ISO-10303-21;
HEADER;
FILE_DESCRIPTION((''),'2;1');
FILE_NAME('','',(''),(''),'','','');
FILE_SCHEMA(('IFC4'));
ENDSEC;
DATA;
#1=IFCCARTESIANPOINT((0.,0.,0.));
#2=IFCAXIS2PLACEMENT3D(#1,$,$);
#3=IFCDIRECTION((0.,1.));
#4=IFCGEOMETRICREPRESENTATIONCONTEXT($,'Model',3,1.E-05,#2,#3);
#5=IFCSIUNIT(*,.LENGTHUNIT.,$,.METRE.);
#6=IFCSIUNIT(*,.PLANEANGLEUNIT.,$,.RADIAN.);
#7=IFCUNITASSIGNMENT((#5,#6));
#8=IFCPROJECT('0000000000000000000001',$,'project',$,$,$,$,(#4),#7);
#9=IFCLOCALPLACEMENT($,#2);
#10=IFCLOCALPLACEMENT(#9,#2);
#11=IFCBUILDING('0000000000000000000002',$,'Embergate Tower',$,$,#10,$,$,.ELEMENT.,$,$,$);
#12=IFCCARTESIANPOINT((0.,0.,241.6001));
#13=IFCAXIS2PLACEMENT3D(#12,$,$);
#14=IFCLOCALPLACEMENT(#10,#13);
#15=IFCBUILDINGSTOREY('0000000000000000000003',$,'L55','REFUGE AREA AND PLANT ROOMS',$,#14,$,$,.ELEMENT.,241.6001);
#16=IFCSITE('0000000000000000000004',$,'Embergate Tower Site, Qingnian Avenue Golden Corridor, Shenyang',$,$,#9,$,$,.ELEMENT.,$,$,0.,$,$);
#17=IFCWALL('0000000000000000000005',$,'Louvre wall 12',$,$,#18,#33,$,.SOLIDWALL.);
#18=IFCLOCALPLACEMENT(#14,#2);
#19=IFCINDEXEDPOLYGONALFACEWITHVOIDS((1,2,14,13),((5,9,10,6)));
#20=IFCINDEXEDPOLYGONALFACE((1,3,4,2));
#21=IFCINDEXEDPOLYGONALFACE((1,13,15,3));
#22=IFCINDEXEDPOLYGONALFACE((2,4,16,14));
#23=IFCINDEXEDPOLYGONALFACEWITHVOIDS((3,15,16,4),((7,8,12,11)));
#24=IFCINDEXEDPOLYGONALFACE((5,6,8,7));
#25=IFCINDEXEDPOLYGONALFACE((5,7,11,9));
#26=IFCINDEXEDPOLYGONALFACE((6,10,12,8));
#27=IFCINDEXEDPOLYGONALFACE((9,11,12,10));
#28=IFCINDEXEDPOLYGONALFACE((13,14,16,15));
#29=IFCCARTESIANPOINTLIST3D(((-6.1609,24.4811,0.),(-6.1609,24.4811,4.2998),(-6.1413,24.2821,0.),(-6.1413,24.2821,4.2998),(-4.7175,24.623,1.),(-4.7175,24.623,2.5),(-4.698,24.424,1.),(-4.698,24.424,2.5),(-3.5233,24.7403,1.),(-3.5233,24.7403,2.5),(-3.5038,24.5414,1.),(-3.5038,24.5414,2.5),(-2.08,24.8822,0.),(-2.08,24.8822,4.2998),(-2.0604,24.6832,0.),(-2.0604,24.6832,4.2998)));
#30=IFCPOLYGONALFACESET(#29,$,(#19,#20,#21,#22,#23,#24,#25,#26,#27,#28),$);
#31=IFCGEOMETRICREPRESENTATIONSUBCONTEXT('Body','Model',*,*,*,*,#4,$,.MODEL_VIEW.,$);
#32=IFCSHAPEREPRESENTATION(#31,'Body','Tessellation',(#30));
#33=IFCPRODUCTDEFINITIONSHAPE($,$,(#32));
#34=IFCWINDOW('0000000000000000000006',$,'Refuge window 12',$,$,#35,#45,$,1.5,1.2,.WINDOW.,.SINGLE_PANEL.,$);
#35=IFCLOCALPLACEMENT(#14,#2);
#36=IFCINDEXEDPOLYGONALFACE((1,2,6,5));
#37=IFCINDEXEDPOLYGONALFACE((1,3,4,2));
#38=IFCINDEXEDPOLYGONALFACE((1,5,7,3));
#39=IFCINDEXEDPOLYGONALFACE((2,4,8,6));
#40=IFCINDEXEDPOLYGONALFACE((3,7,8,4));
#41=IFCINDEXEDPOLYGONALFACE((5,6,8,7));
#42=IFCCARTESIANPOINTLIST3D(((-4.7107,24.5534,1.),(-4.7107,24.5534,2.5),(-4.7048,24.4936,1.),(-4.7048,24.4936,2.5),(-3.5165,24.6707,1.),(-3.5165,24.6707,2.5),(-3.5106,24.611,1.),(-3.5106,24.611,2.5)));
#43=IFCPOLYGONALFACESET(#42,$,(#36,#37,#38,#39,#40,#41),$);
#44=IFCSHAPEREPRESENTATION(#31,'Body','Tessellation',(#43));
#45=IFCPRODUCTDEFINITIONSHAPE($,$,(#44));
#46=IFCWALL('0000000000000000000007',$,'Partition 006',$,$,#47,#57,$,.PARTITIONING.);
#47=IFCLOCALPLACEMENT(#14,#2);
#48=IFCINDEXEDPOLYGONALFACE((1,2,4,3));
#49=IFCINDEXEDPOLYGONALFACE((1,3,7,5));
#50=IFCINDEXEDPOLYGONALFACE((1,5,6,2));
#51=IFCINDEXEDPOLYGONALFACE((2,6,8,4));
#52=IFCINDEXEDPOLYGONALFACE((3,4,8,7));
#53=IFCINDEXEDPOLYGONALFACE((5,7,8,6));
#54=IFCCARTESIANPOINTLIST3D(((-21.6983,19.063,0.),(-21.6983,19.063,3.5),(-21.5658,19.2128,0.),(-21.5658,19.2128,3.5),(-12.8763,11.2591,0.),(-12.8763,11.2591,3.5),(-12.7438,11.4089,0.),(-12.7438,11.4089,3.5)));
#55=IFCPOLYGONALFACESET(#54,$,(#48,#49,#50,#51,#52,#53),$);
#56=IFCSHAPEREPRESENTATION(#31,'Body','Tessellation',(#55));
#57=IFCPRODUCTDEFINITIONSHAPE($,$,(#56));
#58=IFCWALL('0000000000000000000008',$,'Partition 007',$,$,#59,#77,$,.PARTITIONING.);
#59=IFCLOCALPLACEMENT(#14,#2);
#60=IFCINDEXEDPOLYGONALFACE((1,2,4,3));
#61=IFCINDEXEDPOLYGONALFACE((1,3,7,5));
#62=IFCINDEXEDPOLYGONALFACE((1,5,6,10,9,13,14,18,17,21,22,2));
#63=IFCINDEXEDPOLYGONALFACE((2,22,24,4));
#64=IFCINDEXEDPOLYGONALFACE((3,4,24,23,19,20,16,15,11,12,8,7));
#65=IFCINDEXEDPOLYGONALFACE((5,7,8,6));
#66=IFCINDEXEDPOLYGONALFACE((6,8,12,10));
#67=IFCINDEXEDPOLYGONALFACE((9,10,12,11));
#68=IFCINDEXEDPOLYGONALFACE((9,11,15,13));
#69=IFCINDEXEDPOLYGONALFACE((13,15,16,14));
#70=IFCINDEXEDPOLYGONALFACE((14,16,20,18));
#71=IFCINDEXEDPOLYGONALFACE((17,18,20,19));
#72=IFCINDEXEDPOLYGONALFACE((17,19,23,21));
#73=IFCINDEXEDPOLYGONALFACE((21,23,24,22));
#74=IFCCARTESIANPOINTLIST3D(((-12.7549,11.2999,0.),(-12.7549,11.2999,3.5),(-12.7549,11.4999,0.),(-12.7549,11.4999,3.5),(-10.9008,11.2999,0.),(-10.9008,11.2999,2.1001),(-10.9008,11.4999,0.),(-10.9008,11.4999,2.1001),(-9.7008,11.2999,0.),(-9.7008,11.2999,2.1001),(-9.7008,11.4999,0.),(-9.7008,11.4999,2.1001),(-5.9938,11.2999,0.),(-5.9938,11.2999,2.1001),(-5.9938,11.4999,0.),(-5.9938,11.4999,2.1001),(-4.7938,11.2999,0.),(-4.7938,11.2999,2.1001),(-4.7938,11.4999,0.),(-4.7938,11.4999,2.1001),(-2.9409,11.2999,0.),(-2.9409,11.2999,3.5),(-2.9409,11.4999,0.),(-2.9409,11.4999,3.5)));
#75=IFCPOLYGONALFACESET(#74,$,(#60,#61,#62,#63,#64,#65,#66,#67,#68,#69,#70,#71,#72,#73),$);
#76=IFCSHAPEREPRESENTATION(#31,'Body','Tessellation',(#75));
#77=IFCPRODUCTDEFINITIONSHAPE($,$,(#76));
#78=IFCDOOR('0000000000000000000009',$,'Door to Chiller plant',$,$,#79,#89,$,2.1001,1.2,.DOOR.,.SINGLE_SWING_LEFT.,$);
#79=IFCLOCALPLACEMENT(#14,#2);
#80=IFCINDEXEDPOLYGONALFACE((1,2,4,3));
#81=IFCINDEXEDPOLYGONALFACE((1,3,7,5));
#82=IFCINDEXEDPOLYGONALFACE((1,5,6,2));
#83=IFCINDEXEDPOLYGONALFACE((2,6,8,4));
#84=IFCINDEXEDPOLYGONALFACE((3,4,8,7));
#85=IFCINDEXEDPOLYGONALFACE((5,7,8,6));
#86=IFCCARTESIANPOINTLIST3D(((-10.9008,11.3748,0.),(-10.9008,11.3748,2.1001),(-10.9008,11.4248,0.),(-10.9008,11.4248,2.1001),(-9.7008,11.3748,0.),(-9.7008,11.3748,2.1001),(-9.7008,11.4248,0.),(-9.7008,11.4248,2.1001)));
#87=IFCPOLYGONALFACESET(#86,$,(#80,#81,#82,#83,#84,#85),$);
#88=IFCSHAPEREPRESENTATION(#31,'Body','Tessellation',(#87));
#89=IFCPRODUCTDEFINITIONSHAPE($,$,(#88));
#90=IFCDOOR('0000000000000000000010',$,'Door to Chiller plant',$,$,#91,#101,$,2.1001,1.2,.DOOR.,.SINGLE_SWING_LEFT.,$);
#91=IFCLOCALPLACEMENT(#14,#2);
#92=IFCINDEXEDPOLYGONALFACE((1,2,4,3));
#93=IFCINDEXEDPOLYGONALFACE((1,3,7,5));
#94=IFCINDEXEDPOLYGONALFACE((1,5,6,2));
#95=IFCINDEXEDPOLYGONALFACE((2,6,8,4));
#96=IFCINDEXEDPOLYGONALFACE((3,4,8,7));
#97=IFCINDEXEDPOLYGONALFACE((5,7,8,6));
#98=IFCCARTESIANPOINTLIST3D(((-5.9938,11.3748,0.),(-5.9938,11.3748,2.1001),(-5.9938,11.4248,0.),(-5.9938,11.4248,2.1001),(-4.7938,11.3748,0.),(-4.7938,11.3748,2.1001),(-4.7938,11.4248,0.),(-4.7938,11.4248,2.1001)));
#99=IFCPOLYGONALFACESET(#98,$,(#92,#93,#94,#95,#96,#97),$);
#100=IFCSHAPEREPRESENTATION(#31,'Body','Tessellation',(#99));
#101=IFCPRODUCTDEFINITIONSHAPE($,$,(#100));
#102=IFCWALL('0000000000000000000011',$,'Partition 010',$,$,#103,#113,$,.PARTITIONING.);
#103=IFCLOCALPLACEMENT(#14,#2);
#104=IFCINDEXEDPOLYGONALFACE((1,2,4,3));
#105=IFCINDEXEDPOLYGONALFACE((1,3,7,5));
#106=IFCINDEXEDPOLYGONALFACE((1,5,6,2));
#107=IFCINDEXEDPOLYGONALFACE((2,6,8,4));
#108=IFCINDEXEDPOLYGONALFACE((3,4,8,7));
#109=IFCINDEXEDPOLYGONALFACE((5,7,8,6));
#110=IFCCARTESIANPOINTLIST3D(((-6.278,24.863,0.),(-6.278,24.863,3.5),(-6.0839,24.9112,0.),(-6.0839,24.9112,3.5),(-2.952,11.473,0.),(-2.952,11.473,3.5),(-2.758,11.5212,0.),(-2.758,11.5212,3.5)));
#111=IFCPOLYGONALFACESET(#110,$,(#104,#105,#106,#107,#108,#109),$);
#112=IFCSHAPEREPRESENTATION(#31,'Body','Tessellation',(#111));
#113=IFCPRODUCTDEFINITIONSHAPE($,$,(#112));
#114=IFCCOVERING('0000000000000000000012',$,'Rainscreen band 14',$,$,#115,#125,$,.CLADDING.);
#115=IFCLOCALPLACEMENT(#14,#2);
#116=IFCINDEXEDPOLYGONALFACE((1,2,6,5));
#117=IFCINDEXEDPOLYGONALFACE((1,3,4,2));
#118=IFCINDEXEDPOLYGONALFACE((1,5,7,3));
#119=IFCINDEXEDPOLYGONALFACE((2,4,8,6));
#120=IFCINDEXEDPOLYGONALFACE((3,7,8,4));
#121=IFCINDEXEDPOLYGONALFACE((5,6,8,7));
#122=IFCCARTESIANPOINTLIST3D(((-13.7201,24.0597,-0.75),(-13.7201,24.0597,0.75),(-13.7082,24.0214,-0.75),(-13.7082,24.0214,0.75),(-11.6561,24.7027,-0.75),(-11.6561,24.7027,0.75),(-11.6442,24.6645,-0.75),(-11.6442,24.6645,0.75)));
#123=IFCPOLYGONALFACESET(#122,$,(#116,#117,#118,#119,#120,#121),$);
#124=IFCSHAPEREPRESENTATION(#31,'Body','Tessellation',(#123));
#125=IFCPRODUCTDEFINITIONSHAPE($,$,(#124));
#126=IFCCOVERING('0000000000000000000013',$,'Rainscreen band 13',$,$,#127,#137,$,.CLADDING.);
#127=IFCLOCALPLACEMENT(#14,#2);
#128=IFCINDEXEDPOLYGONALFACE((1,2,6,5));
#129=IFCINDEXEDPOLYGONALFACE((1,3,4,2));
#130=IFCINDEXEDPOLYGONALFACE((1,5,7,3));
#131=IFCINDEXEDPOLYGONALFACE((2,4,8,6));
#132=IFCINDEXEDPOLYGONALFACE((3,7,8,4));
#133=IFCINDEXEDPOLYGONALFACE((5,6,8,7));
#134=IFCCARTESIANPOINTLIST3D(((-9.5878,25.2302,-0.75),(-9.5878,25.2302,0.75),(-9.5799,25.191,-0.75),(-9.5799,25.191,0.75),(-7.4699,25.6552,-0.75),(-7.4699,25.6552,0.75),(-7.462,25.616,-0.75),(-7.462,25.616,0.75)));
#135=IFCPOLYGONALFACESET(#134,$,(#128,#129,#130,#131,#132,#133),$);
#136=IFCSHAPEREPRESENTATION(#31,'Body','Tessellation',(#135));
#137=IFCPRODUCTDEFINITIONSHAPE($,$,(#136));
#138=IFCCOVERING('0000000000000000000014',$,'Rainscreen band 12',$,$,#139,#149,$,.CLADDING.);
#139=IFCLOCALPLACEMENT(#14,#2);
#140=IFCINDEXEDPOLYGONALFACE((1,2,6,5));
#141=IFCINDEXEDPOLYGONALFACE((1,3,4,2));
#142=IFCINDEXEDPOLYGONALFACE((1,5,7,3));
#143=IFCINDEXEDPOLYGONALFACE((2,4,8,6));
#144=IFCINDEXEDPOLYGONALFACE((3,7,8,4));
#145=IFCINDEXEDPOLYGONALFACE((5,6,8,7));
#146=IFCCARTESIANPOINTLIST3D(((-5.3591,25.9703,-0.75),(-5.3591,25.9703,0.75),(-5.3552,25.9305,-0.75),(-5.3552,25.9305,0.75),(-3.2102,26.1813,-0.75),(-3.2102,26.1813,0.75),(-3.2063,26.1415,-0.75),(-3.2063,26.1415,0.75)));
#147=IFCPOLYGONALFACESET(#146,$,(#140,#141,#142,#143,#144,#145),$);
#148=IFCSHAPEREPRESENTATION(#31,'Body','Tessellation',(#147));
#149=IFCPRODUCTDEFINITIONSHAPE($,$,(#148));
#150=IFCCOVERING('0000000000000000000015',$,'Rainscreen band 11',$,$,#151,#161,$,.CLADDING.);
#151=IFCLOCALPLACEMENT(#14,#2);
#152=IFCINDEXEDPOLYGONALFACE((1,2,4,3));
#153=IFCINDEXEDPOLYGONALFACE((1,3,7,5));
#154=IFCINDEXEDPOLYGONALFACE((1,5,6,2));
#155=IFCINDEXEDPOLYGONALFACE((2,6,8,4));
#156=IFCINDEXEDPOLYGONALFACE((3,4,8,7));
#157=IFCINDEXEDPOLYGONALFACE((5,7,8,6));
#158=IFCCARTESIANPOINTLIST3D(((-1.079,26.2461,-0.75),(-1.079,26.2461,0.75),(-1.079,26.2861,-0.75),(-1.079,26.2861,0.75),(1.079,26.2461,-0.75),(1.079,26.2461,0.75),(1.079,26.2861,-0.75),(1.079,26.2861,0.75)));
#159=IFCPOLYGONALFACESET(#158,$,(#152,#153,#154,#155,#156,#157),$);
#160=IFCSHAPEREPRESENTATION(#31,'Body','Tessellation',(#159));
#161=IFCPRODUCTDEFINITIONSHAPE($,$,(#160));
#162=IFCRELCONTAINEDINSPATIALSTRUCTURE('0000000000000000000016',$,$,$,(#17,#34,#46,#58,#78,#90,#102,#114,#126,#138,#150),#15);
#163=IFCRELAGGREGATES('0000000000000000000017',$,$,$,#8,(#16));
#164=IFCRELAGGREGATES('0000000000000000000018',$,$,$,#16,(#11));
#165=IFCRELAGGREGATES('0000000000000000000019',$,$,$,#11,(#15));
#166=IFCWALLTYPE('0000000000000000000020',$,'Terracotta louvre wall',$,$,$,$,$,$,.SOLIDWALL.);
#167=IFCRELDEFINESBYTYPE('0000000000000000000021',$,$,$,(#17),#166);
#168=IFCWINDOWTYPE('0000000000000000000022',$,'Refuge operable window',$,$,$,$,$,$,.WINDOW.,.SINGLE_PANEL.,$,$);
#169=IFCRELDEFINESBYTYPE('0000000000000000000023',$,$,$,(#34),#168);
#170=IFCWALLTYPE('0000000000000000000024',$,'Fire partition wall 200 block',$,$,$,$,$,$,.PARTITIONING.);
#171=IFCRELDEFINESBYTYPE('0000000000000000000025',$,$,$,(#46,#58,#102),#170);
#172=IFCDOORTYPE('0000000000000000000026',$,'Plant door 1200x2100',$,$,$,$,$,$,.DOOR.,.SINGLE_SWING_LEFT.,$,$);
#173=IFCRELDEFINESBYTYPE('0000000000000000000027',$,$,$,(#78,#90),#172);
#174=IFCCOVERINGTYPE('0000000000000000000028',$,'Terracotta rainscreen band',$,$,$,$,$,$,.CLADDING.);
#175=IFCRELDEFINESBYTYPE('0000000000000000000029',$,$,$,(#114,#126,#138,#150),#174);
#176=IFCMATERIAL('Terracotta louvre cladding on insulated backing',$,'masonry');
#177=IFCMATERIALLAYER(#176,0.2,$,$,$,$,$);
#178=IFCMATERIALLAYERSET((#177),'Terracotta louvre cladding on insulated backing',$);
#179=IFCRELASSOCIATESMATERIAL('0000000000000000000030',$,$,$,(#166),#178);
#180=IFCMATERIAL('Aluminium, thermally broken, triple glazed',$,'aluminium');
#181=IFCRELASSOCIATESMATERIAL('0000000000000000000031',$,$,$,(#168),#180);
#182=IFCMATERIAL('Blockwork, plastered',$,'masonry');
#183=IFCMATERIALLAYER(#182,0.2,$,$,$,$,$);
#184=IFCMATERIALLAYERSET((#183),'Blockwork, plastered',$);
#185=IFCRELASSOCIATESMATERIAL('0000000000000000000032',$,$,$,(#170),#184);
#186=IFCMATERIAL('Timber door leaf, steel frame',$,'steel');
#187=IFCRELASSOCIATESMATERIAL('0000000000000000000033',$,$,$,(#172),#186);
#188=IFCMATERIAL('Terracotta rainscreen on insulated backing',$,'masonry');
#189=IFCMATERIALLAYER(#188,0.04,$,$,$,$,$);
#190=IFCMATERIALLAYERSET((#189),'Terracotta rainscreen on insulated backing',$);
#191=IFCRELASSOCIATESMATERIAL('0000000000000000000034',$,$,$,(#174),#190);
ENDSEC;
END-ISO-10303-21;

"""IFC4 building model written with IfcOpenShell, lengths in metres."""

from ifc_helpers import new_model, si_unit, direction, frame, frame_2d, origin, origin_2d, place, context, subcontext, project, spatial, rectangle, extrude, source, transform, mapped, material, layer, layer_set, type_object, element, fill, save


model = new_model("IFC4")

# Units and contexts
model_context = context("Model", 3, precision=1e-05, world=origin(), true_north=direction((0.0, 1.0)))
body_context = subcontext(model_context, "Body", "Model", "MODEL_VIEW")
ifc_project = project(units=[si_unit("LENGTHUNIT", "METRE"), si_unit("PLANEANGLEUNIT", "RADIAN")], contexts=[model_context])

# Site, building, storey
site_placement = place(None, origin())
site = spatial("IfcSite", under=ifc_project, at=site_placement, Name="Embergate Tower Site, Qingnian Avenue Golden Corridor, Shenyang", CompositionType="ELEMENT", RefElevation=0.0)
building_placement = place(site_placement, origin())
building = spatial("IfcBuilding", under=site, at=building_placement, Name="Embergate Tower", CompositionType="ELEMENT")
storey_placement = place(building_placement, frame((0.0, 0.0, 241.6001)))
storey = spatial("IfcBuildingStorey", under=building, at=storey_placement, Name="L55", Description="REFUGE AREA AND PLANT ROOMS", CompositionType="ELEMENT", Elevation=241.6001)

# Shared definitions
ifc_material_1 = material(Name="Terracotta louvre cladding on insulated backing", Category="masonry")
ifc_layer_1 = layer(ifc_material_1, 0.2)
ifc_layer_set_1 = layer_set([ifc_layer_1], Name="Terracotta louvre cladding on insulated backing")
wall_type_1 = type_object("IfcWallType", Name="Terracotta louvre wall", PredefinedType="SOLIDWALL", material=ifc_layer_set_1)

# Wall, opening, window
shared_shape_1 = source(origin(), body_context, "Body", "SweptSolid", [
    extrude(rectangle(XDim=4.1006, YDim=0.2, at=frame_2d((2.0503, 0.0))), origin(), (0.0, 0.0, 1.0), 4.2998),
])
shared_shape_2 = source(origin(), body_context, "Body", "SweptSolid", [
    extrude(rectangle(XDim=1.2, YDim=1.5, at=frame_2d((0.6001, 0.75))), frame((0.0, 0.1099, 0.0), z_axis=(0.0, -1.0, 0.0), x_axis=(1.0, 0.0, 0.0)), (0.0, 0.0, 1.0), 0.22),
])
ifc_material_2 = material(Name="Aluminium, thermally broken, triple glazed", Category="aluminium")
window_type = type_object("IfcWindowType", Name="Refuge operable window", PartitioningType="SINGLE_PANEL", PredefinedType="WINDOW", material=ifc_material_2)
shared_shape_3 = source(origin(), body_context, "Body", "SweptSolid", [
    extrude(rectangle(XDim=1.2, YDim=1.5, at=frame_2d((0.6001, 0.75))), frame((0.0, 0.03, 0.0), z_axis=(0.0, -1.0, 0.0), x_axis=(1.0, 0.0, 0.0)), (0.0, 0.0, 1.0), 0.0601),
])
wall_1_placement = place(storey_placement, frame((-6.1511, 24.3816, 0.0), z_axis=(0.0, 0.0, 1.0), x_axis=(0.995204, 0.097824, 0.0)))
wall_1 = element("IfcWall", 1, at=wall_1_placement, inside=storey, type_object=wall_type_1, Name="Louvre wall 12", PredefinedType="SOLIDWALL", context=body_context, shape_type="MappedRepresentation", body=[
    mapped(shared_shape_1, transform((0.0, 0.0, 0.0))),
])
opening_1_placement = place(wall_1_placement, frame((1.4502, 0.0, 1.0)))
opening_1 = element("IfcOpeningElement", 2, at=opening_1_placement, cuts=wall_1, PredefinedType="OPENING", context=body_context, shape_type="MappedRepresentation", body=[
    mapped(shared_shape_2, transform((0.0, 0.0, 0.0))),
])
window_1_placement = place(opening_1_placement, origin())
window_1 = element("IfcWindow", 3, at=window_1_placement, inside=storey, type_object=window_type, Name="Refuge window 12", OverallHeight=1.5, OverallWidth=1.2, PartitioningType="SINGLE_PANEL", PredefinedType="WINDOW", context=body_context, shape_type="MappedRepresentation", body=[
    mapped(shared_shape_3, transform((0.0, 0.0, 0.0))),
])
fill(opening_1, window_1)

# Wall
ifc_material_3 = material(Name="Blockwork, plastered", Category="masonry")
ifc_layer_2 = layer(ifc_material_3, 0.2)
ifc_layer_set_2 = layer_set([ifc_layer_2], Name="Blockwork, plastered")
wall_type_2 = type_object("IfcWallType", Name="Fire partition wall 200 block", PredefinedType="PARTITIONING", material=ifc_layer_set_2)
shared_shape_4 = source(origin(), body_context, "Body", "SweptSolid", [
    extrude(rectangle(XDim=11.7783, YDim=0.2, at=frame_2d((5.8892, 0.0))), origin(), (0.0, 0.0, 1.0), 3.5),
])
wall_2_placement = place(storey_placement, frame((-12.8101, 11.334, 0.0), z_axis=(0.0, 0.0, 1.0), x_axis=(-0.749002, 0.662567, 0.0)))
element("IfcWall", 4, at=wall_2_placement, inside=storey, type_object=wall_type_2, Name="Partition 006", PredefinedType="PARTITIONING", context=body_context, shape_type="MappedRepresentation", body=[
    mapped(shared_shape_4, transform((0.0, 0.0, 0.0))),
])

# Wall, openings, doors
shared_shape_5 = source(origin(), body_context, "Body", "SweptSolid", [
    extrude(rectangle(XDim=9.814, YDim=0.2, at=frame_2d((4.907, 0.0))), origin(), (0.0, 0.0, 1.0), 3.5),
])
wall_3_placement = place(storey_placement, frame((-12.7549, 11.3999, 0.0), z_axis=(0.0, 0.0, 1.0), x_axis=(1.0, 0.0, 0.0)))
wall_3 = element("IfcWall", 5, at=wall_3_placement, inside=storey, type_object=wall_type_2, Name="Partition 007", PredefinedType="PARTITIONING", context=body_context, shape_type="MappedRepresentation", body=[
    mapped(shared_shape_5, transform((0.0, 0.0, 0.0))),
])
shared_shape_6 = source(origin(), body_context, "Body", "SweptSolid", [
    extrude(rectangle(XDim=1.2, YDim=2.1001, at=frame_2d((0.6001, 1.05))), frame((0.0, 0.1099, 0.0), z_axis=(0.0, -1.0, 0.0), x_axis=(1.0, 0.0, 0.0)), (0.0, 0.0, 1.0), 0.22),
])
opening_2_placement = place(wall_3_placement, frame((1.854, 0.0, 0.0)))
opening_2 = element("IfcOpeningElement", 6, at=opening_2_placement, cuts=wall_3, PredefinedType="OPENING", context=body_context, shape_type="MappedRepresentation", body=[
    mapped(shared_shape_6, transform((0.0, 0.0, 0.0))),
])
opening_3_placement = place(wall_3_placement, frame((6.761, 0.0, 0.0)))
opening_3 = element("IfcOpeningElement", 7, at=opening_3_placement, cuts=wall_3, PredefinedType="OPENING", context=body_context, shape_type="MappedRepresentation", body=[
    mapped(shared_shape_6, transform((0.0, 0.0, 0.0))),
])
ifc_material_4 = material(Name="Timber door leaf, steel frame", Category="steel")
door_type_1 = type_object("IfcDoorType", Name="Plant door 1200x2100", OperationType="SINGLE_SWING_LEFT", PredefinedType="DOOR", material=ifc_material_4)
shared_shape_7 = source(origin(), body_context, "Body", "SweptSolid", [
    extrude(rectangle(XDim=1.2, YDim=2.1001, at=frame_2d((0.6001, 1.05))), frame((0.0, 0.0249, 0.0), z_axis=(0.0, -1.0, 0.0), x_axis=(1.0, 0.0, 0.0)), (0.0, 0.0, 1.0), 0.05),
])
door_1_placement = place(opening_2_placement, origin())
door_1 = element("IfcDoor", 8, at=door_1_placement, inside=storey, type_object=door_type_1, Name="Door to Chiller plant", OperationType="SINGLE_SWING_LEFT", OverallHeight=2.1001, OverallWidth=1.2, PredefinedType="DOOR", context=body_context, shape_type="MappedRepresentation", body=[
    mapped(shared_shape_7, transform((0.0, 0.0, 0.0))),
])
fill(opening_2, door_1)
door_2_placement = place(opening_3_placement, origin())
door_2 = element("IfcDoor", 9, at=door_2_placement, inside=storey, type_object=door_type_1, Name="Door to Chiller plant", OperationType="SINGLE_SWING_LEFT", OverallHeight=2.1001, OverallWidth=1.2, PredefinedType="DOOR", context=body_context, shape_type="MappedRepresentation", body=[
    mapped(shared_shape_7, transform((0.0, 0.0, 0.0))),
])
fill(opening_3, door_2)

# Wall
shared_shape_8 = source(origin(), body_context, "Body", "SweptSolid", [
    extrude(rectangle(XDim=13.7969, YDim=0.2, at=frame_2d((6.8984, 0.0))), origin(), (0.0, 0.0, 1.0), 3.5),
])
wall_4_placement = place(storey_placement, frame((-2.855, 11.4971, 0.0), z_axis=(0.0, 0.0, 1.0), x_axis=(-0.241066, 0.970509, 0.0)))
element("IfcWall", 10, at=wall_4_placement, inside=storey, type_object=wall_type_2, Name="Partition 010", PredefinedType="PARTITIONING", context=body_context, shape_type="MappedRepresentation", body=[
    mapped(shared_shape_8, transform((0.0, 0.0, 0.0))),
])

# Coverings
ifc_material_5 = material(Name="Terracotta rainscreen on insulated backing", Category="masonry")
ifc_layer_3 = layer(ifc_material_5, 0.04)
ifc_layer_set_3 = layer_set([ifc_layer_3], Name="Terracotta rainscreen on insulated backing")
covering_type = type_object("IfcCoveringType", Name="Terracotta rainscreen band", PredefinedType="CLADDING", material=ifc_layer_set_3)
shared_shape_9 = source(origin(), body_context, "Body", "SweptSolid", [
    extrude(rectangle(XDim=2.1619, YDim=0.04, at=origin_2d()), origin(), (0.0, 0.0, 1.0), 1.5),
])
covering_1_placement = place(storey_placement, frame((-12.6821, 24.3621, -0.75), z_axis=(0.0, 0.0, 1.0), x_axis=(-0.954743, -0.297432, 0.0)))
element("IfcCovering", 11, at=covering_1_placement, inside=storey, type_object=covering_type, Name="Rainscreen band 14", PredefinedType="CLADDING", context=body_context, shape_type="MappedRepresentation", body=[
    mapped(shared_shape_9, transform((0.0, 0.0, 0.0))),
])
shared_shape_10 = source(origin(), body_context, "Body", "SweptSolid", [
    extrude(rectangle(XDim=2.1602, YDim=0.04, at=origin_2d()), origin(), (0.0, 0.0, 1.0), 1.5),
])
covering_2_placement = place(storey_placement, frame((-8.5249, 25.4231, -0.75), z_axis=(0.0, 0.0, 1.0), x_axis=(-0.980456, -0.196739, 0.0)))
element("IfcCovering", 12, at=covering_2_placement, inside=storey, type_object=covering_type, Name="Rainscreen band 13", PredefinedType="CLADDING", context=body_context, shape_type="MappedRepresentation", body=[
    mapped(shared_shape_10, transform((0.0, 0.0, 0.0))),
])
shared_shape_11 = source(origin(), body_context, "Body", "SweptSolid", [
    extrude(rectangle(XDim=2.1592, YDim=0.04, at=origin_2d()), origin(), (0.0, 0.0, 1.0), 1.5),
])
covering_3_placement = place(storey_placement, frame((-4.2827, 26.0559, -0.75), z_axis=(0.0, 0.0, 1.0), x_axis=(-0.995214, -0.097715, 0.0)))
element("IfcCovering", 13, at=covering_3_placement, inside=storey, type_object=covering_type, Name="Rainscreen band 12", PredefinedType="CLADDING", context=body_context, shape_type="MappedRepresentation", body=[
    mapped(shared_shape_11, transform((0.0, 0.0, 0.0))),
])
shared_shape_12 = source(origin(), body_context, "Body", "SweptSolid", [
    extrude(rectangle(XDim=2.158, YDim=0.04, at=origin_2d()), origin(), (0.0, 0.0, 1.0), 1.5),
])
covering_4_placement = place(storey_placement, frame((0.0, 26.2661, -0.75), z_axis=(0.0, 0.0, 1.0), x_axis=(-1.0, 0.0, 0.0)))
element("IfcCovering", 14, at=covering_4_placement, inside=storey, type_object=covering_type, Name="Rainscreen band 11", PredefinedType="CLADDING", context=body_context, shape_type="MappedRepresentation", body=[
    mapped(shared_shape_12, transform((0.0, 0.0, 0.0))),
])

save(model, "model.ifc")
